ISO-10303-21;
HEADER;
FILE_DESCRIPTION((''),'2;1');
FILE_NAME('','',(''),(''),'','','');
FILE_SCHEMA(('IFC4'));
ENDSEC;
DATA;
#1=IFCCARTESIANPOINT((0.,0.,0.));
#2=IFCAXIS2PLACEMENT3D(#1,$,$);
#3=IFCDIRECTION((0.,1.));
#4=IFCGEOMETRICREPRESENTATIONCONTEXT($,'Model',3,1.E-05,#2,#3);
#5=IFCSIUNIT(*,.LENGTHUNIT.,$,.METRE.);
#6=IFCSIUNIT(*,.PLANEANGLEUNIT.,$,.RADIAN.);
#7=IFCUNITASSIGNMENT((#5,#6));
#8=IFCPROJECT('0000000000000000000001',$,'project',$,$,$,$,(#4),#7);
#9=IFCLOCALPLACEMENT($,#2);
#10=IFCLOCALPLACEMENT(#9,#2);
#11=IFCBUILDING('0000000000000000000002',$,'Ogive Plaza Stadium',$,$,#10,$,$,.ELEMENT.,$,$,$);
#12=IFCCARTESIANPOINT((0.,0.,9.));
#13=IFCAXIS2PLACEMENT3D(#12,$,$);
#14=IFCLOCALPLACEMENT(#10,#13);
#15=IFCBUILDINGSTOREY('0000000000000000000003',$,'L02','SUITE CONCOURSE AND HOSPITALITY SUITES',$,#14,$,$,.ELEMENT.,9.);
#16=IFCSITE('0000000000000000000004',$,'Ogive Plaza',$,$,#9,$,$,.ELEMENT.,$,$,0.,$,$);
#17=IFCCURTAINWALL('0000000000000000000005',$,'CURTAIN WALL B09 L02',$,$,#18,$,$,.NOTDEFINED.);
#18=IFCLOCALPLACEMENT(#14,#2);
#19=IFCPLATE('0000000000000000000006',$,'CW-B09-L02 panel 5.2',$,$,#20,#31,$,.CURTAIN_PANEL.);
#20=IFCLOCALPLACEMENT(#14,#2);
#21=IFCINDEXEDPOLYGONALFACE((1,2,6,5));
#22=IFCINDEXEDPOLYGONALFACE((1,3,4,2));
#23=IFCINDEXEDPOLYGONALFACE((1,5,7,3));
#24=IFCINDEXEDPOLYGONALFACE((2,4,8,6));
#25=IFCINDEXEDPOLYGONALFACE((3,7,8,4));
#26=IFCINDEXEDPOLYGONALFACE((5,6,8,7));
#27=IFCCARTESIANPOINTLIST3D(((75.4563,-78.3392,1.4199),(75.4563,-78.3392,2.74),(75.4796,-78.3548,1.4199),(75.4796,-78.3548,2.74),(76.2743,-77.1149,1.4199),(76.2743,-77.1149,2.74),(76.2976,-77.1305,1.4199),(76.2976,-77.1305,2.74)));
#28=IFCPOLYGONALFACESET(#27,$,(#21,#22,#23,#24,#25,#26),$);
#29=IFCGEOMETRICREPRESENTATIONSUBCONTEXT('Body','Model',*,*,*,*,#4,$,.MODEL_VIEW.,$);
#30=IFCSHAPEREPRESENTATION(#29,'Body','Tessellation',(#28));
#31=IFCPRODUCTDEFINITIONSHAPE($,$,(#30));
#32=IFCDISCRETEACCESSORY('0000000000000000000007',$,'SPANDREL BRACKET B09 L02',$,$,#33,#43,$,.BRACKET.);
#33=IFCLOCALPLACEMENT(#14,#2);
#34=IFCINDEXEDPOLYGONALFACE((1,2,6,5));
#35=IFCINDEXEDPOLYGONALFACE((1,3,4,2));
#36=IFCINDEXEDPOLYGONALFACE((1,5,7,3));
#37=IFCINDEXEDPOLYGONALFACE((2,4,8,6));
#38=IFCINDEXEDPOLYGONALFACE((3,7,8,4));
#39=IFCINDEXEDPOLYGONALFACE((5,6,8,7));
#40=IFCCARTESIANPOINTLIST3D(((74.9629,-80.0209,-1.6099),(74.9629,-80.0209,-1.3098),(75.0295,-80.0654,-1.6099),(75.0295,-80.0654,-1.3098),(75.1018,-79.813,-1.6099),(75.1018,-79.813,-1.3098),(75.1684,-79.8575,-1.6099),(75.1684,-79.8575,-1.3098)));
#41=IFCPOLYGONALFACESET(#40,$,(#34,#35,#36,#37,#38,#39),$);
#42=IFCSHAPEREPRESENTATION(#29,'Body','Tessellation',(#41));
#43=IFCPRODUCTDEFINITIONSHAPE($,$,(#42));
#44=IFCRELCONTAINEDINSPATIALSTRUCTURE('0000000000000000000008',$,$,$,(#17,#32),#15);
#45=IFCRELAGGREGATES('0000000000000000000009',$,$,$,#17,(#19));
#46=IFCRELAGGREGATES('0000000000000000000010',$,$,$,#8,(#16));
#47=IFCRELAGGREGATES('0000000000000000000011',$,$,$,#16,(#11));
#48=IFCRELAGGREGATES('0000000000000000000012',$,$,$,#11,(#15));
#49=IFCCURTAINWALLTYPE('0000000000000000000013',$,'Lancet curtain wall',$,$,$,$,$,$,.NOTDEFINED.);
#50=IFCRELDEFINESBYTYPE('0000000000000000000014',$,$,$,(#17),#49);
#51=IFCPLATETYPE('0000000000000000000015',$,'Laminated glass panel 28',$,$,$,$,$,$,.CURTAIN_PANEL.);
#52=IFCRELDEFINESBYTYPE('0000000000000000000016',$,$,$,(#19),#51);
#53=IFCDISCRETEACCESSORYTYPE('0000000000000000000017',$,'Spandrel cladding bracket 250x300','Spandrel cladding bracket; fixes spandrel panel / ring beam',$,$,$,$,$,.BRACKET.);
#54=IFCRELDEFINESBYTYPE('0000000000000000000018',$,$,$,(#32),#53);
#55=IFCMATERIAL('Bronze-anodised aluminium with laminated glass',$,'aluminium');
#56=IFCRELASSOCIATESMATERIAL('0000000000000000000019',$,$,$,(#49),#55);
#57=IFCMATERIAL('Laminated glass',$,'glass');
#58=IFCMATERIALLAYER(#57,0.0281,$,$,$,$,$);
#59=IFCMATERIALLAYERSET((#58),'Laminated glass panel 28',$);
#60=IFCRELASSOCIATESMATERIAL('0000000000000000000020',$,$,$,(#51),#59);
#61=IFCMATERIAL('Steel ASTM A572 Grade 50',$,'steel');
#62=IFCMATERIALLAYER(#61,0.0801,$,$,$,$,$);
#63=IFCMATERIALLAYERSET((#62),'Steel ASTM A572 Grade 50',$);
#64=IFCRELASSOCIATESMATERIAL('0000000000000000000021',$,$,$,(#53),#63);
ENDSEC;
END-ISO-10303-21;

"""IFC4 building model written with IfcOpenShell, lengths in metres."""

from ifc_helpers import new_model, si_unit, direction, frame, origin, origin_2d, place, context, subcontext, project, spatial, rectangle, extrude, material, layer, layer_set, type_object, element, aggregate, save


model = new_model("IFC4")

# Units and contexts
model_context = context("Model", 3, precision=1e-05, world=origin(), true_north=direction((0.0, 1.0)))
body_context = subcontext(model_context, "Body", "Model", "MODEL_VIEW")
ifc_project = project(units=[si_unit("LENGTHUNIT", "METRE"), si_unit("PLANEANGLEUNIT", "RADIAN")], contexts=[model_context])

# Site, building, storey
site_placement = place(None, origin())
site = spatial("IfcSite", under=ifc_project, at=site_placement, Name="Ogive Plaza", CompositionType="ELEMENT", RefElevation=0.0)
building_placement = place(site_placement, origin())
building = spatial("IfcBuilding", under=site, at=building_placement, Name="Ogive Plaza Stadium", CompositionType="ELEMENT")
storey_placement = place(building_placement, frame((0.0, 0.0, 9.0)))
storey = spatial("IfcBuildingStorey", under=building, at=storey_placement, Name="L02", Description="SUITE CONCOURSE AND HOSPITALITY SUITES", CompositionType="ELEMENT", Elevation=9.0)

# Curtain wall, plate
ifc_material_1 = material(Name="Bronze-anodised aluminium with laminated glass", Category="aluminium")
curtain_wall_type = type_object("IfcCurtainWallType", Name="Lancet curtain wall", PredefinedType="NOTDEFINED", material=ifc_material_1)
curtain_wall_placement = place(storey_placement, origin())
curtain_wall = element("IfcCurtainWall", 1, at=curtain_wall_placement, inside=storey, type_object=curtain_wall_type, Name="CURTAIN WALL B09 L02", PredefinedType="NOTDEFINED")
ifc_material_2 = material(Name="Laminated glass", Category="glass")
ifc_layer_1 = layer(ifc_material_2, 0.0281)
ifc_layer_set_1 = layer_set([ifc_layer_1], Name="Laminated glass panel 28")
plate_type = type_object("IfcPlateType", Name="Laminated glass panel 28", PredefinedType="CURTAIN_PANEL", material=ifc_layer_set_1)
plate_1_placement = place(storey_placement, frame((75.877, -77.7349, 1.4199), z_axis=(0.0, 0.0, 1.0), x_axis=(-0.55557, -0.83147, 0.0)))
plate_1 = element("IfcPlate", 2, at=plate_1_placement, type_object=plate_type, Name="CW-B09-L02 panel 5.2", PredefinedType="CURTAIN_PANEL", context=body_context, shape_type="SweptSolid", body=[
    extrude(rectangle(XDim=1.4724, YDim=0.0281, at=origin_2d()), origin(), (0.0, 0.0, 1.0), 1.3201),
])
aggregate(curtain_wall, [plate_1])

# Discrete accessory
ifc_material_3 = material(Name="Steel ASTM A572 Grade 50", Category="steel")
ifc_layer_2 = layer(ifc_material_3, 0.0801)
ifc_layer_set_2 = layer_set([ifc_layer_2], Name="Steel ASTM A572 Grade 50")
discrete_accessory_type = type_object("IfcDiscreteAccessoryType", Name="Spandrel cladding bracket 250x300", Description="Spandrel cladding bracket; fixes spandrel panel / ring beam", PredefinedType="BRACKET", material=ifc_layer_set_2)
discrete_accessory_placement = place(storey_placement, frame((75.0657, -79.9392, -1.6099), z_axis=(0.0, 0.0, 1.0), x_axis=(-0.55557, -0.83147, 0.0)))
element("IfcDiscreteAccessory", 3, at=discrete_accessory_placement, inside=storey, type_object=discrete_accessory_type, Name="SPANDREL BRACKET B09 L02", PredefinedType="BRACKET", context=body_context, shape_type="SweptSolid", body=[
    extrude(rectangle(XDim=0.25, YDim=0.0801, at=origin_2d()), origin(), (0.0, 0.0, 1.0), 0.3),
])

save(model, "model.ifc")
